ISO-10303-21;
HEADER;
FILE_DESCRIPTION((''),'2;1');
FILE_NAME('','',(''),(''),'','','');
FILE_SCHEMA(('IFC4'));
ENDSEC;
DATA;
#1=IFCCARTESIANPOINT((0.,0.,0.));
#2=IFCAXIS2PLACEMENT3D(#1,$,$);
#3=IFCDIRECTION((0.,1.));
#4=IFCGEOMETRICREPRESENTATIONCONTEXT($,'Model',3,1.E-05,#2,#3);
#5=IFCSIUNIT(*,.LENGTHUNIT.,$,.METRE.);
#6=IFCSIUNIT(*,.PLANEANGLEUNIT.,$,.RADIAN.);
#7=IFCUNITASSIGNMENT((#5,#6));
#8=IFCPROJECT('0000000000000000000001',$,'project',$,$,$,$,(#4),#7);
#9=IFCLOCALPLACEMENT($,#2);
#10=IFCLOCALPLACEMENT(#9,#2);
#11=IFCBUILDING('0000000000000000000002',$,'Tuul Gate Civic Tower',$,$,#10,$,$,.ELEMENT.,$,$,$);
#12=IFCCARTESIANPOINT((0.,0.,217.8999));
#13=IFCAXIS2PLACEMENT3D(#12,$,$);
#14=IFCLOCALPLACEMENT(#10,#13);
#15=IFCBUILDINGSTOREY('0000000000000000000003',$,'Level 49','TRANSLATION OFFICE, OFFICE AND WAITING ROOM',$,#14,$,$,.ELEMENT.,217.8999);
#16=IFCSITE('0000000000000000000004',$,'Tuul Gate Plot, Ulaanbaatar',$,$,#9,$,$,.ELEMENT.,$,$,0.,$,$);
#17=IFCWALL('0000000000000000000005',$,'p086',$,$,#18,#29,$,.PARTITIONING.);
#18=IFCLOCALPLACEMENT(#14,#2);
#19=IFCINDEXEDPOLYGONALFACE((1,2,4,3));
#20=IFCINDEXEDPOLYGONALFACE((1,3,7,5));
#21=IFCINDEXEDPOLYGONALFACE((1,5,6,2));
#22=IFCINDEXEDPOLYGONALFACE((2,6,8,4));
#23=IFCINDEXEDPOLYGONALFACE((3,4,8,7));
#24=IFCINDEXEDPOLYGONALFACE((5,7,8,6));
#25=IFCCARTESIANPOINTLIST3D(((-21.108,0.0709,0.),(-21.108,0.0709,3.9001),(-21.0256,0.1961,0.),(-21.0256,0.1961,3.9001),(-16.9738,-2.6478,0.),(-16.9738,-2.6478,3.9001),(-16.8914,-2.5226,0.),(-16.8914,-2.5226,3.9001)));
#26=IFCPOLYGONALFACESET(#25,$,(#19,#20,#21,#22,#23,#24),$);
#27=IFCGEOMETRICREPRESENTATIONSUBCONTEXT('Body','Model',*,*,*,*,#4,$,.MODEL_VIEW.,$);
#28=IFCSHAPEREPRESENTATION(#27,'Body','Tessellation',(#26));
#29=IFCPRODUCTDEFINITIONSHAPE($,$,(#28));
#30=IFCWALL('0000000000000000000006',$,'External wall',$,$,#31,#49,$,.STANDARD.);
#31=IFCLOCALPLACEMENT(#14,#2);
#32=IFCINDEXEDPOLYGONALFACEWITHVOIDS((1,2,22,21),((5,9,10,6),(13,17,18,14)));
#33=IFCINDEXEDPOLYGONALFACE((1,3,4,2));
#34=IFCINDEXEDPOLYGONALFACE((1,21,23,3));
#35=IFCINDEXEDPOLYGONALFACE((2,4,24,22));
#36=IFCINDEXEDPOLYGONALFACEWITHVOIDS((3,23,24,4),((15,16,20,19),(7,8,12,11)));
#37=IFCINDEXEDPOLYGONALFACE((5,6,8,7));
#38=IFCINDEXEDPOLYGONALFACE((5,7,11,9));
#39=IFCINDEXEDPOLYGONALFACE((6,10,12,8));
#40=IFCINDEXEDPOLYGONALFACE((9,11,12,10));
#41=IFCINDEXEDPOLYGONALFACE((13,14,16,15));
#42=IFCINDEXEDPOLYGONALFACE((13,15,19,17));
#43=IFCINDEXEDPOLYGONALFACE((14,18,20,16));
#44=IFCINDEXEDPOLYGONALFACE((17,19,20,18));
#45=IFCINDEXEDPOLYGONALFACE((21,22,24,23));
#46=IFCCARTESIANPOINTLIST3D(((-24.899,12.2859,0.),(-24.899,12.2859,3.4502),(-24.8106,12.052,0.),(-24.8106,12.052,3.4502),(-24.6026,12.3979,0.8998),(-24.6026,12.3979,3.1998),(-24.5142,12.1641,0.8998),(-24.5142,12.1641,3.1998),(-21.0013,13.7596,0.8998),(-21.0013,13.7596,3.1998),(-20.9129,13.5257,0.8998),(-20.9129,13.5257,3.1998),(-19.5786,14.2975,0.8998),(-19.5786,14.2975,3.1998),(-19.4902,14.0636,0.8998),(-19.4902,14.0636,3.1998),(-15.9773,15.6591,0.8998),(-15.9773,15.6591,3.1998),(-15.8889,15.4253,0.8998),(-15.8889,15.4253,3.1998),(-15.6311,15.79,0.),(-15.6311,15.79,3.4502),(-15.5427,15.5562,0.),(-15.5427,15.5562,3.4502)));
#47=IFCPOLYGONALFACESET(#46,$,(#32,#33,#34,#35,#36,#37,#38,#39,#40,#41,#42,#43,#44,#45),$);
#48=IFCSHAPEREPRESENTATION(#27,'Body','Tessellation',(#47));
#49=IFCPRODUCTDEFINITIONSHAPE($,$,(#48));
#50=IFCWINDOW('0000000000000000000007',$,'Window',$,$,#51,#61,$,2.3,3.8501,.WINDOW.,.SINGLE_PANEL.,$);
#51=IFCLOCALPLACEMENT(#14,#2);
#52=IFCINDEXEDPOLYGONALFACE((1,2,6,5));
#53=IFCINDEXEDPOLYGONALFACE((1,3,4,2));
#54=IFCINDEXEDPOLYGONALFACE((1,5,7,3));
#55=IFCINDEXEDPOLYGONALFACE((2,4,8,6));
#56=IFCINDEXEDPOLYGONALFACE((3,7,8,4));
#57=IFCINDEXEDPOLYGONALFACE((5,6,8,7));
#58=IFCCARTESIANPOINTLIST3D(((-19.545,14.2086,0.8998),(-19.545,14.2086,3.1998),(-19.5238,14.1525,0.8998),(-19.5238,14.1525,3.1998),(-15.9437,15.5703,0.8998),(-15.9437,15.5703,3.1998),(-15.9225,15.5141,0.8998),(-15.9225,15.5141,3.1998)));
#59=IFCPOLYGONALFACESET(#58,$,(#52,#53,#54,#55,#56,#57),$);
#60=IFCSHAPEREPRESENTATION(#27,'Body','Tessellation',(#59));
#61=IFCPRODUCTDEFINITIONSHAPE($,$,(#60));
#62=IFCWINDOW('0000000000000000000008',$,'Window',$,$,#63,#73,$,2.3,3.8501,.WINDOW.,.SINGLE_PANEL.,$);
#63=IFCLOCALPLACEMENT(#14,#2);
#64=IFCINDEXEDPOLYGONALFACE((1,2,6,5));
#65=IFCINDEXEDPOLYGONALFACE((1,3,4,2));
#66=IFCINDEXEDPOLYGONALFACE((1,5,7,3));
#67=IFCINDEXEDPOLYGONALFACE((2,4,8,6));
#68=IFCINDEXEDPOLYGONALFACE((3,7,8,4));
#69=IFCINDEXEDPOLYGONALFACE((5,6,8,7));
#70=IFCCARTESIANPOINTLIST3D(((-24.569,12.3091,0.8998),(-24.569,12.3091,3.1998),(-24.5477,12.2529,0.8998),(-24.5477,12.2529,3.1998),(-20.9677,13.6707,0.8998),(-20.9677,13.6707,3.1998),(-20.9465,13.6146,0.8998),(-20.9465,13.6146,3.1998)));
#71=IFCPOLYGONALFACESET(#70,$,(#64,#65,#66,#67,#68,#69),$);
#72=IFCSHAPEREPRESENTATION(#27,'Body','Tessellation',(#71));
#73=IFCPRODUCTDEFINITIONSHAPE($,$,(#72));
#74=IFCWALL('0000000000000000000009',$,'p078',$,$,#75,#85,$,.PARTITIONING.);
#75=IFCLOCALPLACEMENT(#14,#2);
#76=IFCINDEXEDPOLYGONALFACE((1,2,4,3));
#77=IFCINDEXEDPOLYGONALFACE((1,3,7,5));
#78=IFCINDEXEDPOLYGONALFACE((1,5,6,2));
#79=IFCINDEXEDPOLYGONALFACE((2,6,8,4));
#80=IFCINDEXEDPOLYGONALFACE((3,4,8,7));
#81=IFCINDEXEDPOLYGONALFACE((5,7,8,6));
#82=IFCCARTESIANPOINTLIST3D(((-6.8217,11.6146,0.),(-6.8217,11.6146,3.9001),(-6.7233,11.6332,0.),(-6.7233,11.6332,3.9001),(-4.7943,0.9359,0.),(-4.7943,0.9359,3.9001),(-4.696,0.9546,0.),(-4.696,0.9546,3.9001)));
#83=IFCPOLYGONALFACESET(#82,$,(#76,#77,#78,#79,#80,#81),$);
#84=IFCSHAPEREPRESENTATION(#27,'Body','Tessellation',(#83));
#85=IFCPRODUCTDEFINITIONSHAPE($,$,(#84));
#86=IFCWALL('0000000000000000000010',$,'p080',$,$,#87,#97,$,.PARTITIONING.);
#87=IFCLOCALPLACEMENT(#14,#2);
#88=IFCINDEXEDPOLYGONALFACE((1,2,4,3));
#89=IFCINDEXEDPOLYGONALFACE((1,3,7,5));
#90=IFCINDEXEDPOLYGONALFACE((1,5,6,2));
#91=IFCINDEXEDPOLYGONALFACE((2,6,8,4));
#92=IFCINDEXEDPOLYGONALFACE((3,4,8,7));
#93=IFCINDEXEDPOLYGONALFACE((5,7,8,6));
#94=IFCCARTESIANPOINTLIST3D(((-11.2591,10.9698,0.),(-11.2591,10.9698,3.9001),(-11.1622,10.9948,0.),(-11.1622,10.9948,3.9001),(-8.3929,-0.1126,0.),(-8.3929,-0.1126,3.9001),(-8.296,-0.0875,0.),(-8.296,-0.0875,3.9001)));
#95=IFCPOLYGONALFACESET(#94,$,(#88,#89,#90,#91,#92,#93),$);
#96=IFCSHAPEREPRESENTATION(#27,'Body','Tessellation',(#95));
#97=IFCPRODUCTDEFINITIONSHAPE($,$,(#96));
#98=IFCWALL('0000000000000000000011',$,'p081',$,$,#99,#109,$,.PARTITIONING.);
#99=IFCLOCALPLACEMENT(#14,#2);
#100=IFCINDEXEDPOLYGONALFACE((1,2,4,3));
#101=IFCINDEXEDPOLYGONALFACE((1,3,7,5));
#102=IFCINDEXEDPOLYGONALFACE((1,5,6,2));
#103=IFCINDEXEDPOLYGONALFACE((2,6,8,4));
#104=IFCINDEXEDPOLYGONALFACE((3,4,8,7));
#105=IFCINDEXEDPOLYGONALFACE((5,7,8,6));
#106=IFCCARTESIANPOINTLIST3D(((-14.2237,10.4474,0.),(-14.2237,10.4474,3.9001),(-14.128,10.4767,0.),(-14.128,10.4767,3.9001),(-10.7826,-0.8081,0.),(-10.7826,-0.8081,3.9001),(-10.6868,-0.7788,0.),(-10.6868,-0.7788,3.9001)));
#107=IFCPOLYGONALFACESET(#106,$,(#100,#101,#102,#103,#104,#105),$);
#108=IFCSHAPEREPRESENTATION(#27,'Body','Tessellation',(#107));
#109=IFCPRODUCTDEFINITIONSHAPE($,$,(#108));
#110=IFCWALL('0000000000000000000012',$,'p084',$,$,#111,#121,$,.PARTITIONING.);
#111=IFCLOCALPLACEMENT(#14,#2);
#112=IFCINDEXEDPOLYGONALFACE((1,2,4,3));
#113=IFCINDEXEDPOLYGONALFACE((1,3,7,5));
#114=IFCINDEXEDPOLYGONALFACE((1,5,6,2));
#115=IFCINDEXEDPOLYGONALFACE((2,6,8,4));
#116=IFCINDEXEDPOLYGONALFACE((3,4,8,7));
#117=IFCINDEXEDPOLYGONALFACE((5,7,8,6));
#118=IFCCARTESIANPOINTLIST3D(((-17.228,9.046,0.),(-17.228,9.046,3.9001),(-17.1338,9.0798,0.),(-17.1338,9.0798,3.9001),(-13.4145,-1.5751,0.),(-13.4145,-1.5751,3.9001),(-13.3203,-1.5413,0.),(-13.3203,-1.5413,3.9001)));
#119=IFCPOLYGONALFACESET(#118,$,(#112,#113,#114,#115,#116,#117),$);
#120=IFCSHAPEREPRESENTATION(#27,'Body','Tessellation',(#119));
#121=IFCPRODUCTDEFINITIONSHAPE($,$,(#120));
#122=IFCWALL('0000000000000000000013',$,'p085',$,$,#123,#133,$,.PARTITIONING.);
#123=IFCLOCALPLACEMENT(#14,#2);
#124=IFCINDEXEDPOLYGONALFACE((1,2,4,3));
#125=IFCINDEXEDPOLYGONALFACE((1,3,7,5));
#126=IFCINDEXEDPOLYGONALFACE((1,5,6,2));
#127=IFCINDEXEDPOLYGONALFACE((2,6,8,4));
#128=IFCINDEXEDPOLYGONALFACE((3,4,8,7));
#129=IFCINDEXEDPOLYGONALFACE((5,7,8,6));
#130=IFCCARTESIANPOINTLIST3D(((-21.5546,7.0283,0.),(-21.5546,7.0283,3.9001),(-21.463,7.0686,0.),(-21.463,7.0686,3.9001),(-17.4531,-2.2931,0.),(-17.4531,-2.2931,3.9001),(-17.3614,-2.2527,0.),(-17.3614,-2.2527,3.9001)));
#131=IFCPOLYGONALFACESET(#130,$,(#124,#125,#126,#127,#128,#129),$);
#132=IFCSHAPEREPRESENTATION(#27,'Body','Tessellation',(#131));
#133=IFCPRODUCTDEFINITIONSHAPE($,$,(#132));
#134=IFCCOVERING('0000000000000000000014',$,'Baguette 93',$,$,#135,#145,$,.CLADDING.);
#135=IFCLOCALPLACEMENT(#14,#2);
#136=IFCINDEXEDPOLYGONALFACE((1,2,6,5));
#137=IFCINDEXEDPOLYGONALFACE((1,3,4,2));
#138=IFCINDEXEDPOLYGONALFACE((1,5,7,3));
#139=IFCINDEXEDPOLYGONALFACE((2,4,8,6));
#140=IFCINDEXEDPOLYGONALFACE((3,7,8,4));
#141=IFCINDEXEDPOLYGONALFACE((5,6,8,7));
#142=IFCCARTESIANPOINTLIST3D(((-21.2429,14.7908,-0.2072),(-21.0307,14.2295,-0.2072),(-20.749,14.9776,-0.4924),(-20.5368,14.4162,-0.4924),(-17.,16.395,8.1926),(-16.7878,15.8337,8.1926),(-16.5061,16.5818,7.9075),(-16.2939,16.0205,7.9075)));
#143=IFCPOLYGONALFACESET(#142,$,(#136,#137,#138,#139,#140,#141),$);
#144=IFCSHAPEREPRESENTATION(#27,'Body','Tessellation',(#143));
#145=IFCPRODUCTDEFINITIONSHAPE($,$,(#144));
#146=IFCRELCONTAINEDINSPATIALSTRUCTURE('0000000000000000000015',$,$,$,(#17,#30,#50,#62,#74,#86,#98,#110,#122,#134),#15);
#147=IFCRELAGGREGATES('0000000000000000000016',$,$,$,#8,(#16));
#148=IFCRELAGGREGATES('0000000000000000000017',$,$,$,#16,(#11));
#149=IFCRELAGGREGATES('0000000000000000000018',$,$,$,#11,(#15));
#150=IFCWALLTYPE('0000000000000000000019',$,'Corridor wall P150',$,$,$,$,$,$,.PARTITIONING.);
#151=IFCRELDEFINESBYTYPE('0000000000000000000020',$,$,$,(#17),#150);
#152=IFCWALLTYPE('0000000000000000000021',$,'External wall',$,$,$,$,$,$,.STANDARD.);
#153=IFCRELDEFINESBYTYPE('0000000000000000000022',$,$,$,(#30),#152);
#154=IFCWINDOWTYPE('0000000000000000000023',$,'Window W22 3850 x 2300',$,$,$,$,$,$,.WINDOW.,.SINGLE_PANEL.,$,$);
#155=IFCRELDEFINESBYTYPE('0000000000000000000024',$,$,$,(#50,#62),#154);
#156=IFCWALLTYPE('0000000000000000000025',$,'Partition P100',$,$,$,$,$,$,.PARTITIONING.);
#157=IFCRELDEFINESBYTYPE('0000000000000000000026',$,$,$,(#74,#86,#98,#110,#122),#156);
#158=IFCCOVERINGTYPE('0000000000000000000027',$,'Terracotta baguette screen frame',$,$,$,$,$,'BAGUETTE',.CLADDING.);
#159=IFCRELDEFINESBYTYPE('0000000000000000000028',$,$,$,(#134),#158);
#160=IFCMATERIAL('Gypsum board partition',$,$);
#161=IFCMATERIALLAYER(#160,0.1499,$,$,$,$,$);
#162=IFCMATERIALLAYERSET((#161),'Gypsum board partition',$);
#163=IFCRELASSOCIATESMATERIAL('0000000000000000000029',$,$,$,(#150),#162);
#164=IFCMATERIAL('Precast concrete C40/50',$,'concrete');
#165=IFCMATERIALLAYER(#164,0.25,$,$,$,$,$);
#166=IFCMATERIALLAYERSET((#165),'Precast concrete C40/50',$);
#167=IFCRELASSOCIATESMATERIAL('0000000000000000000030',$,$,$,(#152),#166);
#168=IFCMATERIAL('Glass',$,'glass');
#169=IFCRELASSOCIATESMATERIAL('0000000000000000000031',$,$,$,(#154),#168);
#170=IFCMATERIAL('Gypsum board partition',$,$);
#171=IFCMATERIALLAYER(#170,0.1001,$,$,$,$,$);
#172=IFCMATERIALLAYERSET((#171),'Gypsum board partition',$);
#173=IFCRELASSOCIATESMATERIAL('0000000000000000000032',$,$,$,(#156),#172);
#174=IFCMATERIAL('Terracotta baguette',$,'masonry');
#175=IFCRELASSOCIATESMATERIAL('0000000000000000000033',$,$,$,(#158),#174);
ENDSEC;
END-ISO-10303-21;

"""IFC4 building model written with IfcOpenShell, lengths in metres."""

from ifc_helpers import new_model, si_unit, direction, frame, frame_2d, origin, origin_2d, place, context, subcontext, project, spatial, rectangle, extrude, material, layer, layer_set, material_profile, profile_set, type_object, element, fill, save


model = new_model("IFC4")

# Units and contexts
model_context = context("Model", 3, precision=1e-05, world=origin(), true_north=direction((0.0, 1.0)))
body_context = subcontext(model_context, "Body", "Model", "MODEL_VIEW")
ifc_project = project(units=[si_unit("LENGTHUNIT", "METRE"), si_unit("PLANEANGLEUNIT", "RADIAN")], contexts=[model_context])

# Site, building, storey
site_placement = place(None, origin())
site = spatial("IfcSite", under=ifc_project, at=site_placement, Name="Tuul Gate Plot, Ulaanbaatar", CompositionType="ELEMENT", RefElevation=0.0)
building_placement = place(site_placement, origin())
building = spatial("IfcBuilding", under=site, at=building_placement, Name="Tuul Gate Civic Tower", CompositionType="ELEMENT")
storey_placement = place(building_placement, frame((0.0, 0.0, 217.8999)))
storey = spatial("IfcBuildingStorey", under=building, at=storey_placement, Name="Level 49", Description="TRANSLATION OFFICE, OFFICE AND WAITING ROOM", CompositionType="ELEMENT", Elevation=217.8999)

# Shared definitions
ifc_material_1 = material(Name="Gypsum board partition")
ifc_layer_1 = layer(ifc_material_1, 0.1499)
ifc_layer_set_1 = layer_set([ifc_layer_1], Name="Gypsum board partition")
wall_type_1 = type_object("IfcWallType", Name="Corridor wall P150", PredefinedType="PARTITIONING", material=ifc_layer_set_1)

# Wall
wall_1_placement = place(storey_placement, frame((-21.0669, 0.1335, 0.0), z_axis=(0.0, 0.0, 1.0), x_axis=(0.835526, -0.549452, 0.0)))
element("IfcWall", 1, at=wall_1_placement, inside=storey, type_object=wall_type_1, Name="p086", PredefinedType="PARTITIONING", context=body_context, shape_type="SweptSolid", body=[
    extrude(rectangle(XDim=4.948, YDim=0.1499, at=frame_2d((2.4741, 0.0))), origin(), (0.0, 0.0, 1.0), 3.9001),
])

# Wall, openings, windows
ifc_material_2 = material(Name="Precast concrete C40/50", Category="concrete")
ifc_layer_2 = layer(ifc_material_2, 0.25)
ifc_layer_set_2 = layer_set([ifc_layer_2], Name="Precast concrete C40/50")
wall_type_2 = type_object("IfcWallType", Name="External wall", PredefinedType="STANDARD", material=ifc_layer_set_2)
wall_2_placement = place(storey_placement, frame((-15.5869, 15.6731, 0.0), z_axis=(0.0, 0.0, 1.0), x_axis=(-0.935373, -0.353663, 0.0)))
wall_2 = element("IfcWall", 2, at=wall_2_placement, inside=storey, type_object=wall_type_2, Name="External wall", PredefinedType="STANDARD", context=body_context, shape_type="SweptSolid", body=[
    extrude(rectangle(XDim=9.9082, YDim=0.25, at=frame_2d((4.9541, 0.0))), origin(), (0.0, 0.0, 1.0), 3.4502),
])
opening_1_placement = place(wall_2_placement, frame((0.3701, 0.0, 0.8999)))
opening_1 = element("IfcOpeningElement", 3, at=opening_1_placement, cuts=wall_2, PredefinedType="OPENING", context=body_context, shape_type="SweptSolid", body=[
    extrude(rectangle(XDim=3.8501, YDim=2.3, at=frame_2d((1.925, 1.1499))), frame((0.0, 0.135, 0.0), z_axis=(0.0, -1.0, 0.0), x_axis=(1.0, 0.0, 0.0)), (0.0, 0.0, 1.0), 0.27),
])
opening_2_placement = place(wall_2_placement, frame((5.7412, 0.0, 0.8999)))
opening_2 = element("IfcOpeningElement", 4, at=opening_2_placement, cuts=wall_2, PredefinedType="OPENING", context=body_context, shape_type="SweptSolid", body=[
    extrude(rectangle(XDim=3.8501, YDim=2.3, at=frame_2d((1.925, 1.1499))), frame((0.0, 0.135, 0.0), z_axis=(0.0, -1.0, 0.0), x_axis=(1.0, 0.0, 0.0)), (0.0, 0.0, 1.0), 0.27),
])
ifc_material_3 = material(Name="Glass", Category="glass")
window_type = type_object("IfcWindowType", Name="Window W22 3850 x 2300", PartitioningType="SINGLE_PANEL", PredefinedType="WINDOW", material=ifc_material_3)
window_1_placement = place(opening_1_placement, origin())
window_1 = element("IfcWindow", 5, at=window_1_placement, inside=storey, type_object=window_type, Name="Window", OverallHeight=2.3, OverallWidth=3.8501, PartitioningType="SINGLE_PANEL", PredefinedType="WINDOW", context=body_context, shape_type="SweptSolid", body=[
    extrude(rectangle(XDim=3.8501, YDim=2.3, at=frame_2d((1.925, 1.1499))), frame((0.0, 0.03, 0.0), z_axis=(0.0, -1.0, 0.0), x_axis=(1.0, 0.0, 0.0)), (0.0, 0.0, 1.0), 0.0601),
])
fill(opening_1, window_1)
window_2_placement = place(opening_2_placement, origin())
window_2 = element("IfcWindow", 6, at=window_2_placement, inside=storey, type_object=window_type, Name="Window", OverallHeight=2.3, OverallWidth=3.8501, PartitioningType="SINGLE_PANEL", PredefinedType="WINDOW", context=body_context, shape_type="SweptSolid", body=[
    extrude(rectangle(XDim=3.8501, YDim=2.3, at=frame_2d((1.925, 1.1499))), frame((0.0, 0.03, 0.0), z_axis=(0.0, -1.0, 0.0), x_axis=(1.0, 0.0, 0.0)), (0.0, 0.0, 1.0), 0.0601),
])
fill(opening_2, window_2)

# Walls
ifc_material_4 = material(Name="Gypsum board partition")
ifc_layer_3 = layer(ifc_material_4, 0.1001)
ifc_layer_set_3 = layer_set([ifc_layer_3], Name="Gypsum board partition")
wall_type_3 = type_object("IfcWallType", Name="Partition P100", PredefinedType="PARTITIONING", material=ifc_layer_set_3)
wall_3_placement = place(storey_placement, frame((-6.7725, 11.6238, 0.0), z_axis=(0.0, 0.0, 1.0), x_axis=(0.186518, -0.982452, 0.0)))
element("IfcWall", 7, at=wall_3_placement, inside=storey, type_object=wall_type_3, Name="p078", PredefinedType="PARTITIONING", context=body_context, shape_type="SweptSolid", body=[
    extrude(rectangle(XDim=10.8694, YDim=0.1001, at=frame_2d((5.4346, 0.0))), origin(), (0.0, 0.0, 1.0), 3.9001),
])
wall_4_placement = place(storey_placement, frame((-11.2107, 10.9824, 0.0), z_axis=(0.0, 0.0, 1.0), x_axis=(0.250391, -0.968145, 0.0)))
element("IfcWall", 8, at=wall_4_placement, inside=storey, type_object=wall_type_3, Name="p080", PredefinedType="PARTITIONING", context=body_context, shape_type="SweptSolid", body=[
    extrude(rectangle(XDim=11.447, YDim=0.1001, at=frame_2d((5.7236, 0.0))), origin(), (0.0, 0.0, 1.0), 3.9001),
])
wall_5_placement = place(storey_placement, frame((-14.1758, 10.4619, 0.0), z_axis=(0.0, 0.0, 1.0), x_axis=(0.29237, -0.956305, 0.0)))
element("IfcWall", 9, at=wall_5_placement, inside=storey, type_object=wall_type_3, Name="p081", PredefinedType="PARTITIONING", context=body_context, shape_type="SweptSolid", body=[
    extrude(rectangle(XDim=11.7698, YDim=0.1001, at=frame_2d((5.8848, 0.0))), origin(), (0.0, 0.0, 1.0), 3.9001),
])
wall_6_placement = place(storey_placement, frame((-17.1809, 9.063, 0.0), z_axis=(0.0, 0.0, 1.0), x_axis=(0.337926, -0.941173, 0.0)))
element("IfcWall", 10, at=wall_6_placement, inside=storey, type_object=wall_type_3, Name="p084", PredefinedType="PARTITIONING", context=body_context, shape_type="SweptSolid", body=[
    extrude(rectangle(XDim=11.2849, YDim=0.1001, at=frame_2d((5.6426, 0.0))), origin(), (0.0, 0.0, 1.0), 3.9001),
])
wall_7_placement = place(storey_placement, frame((-21.5088, 7.0483, 0.0), z_axis=(0.0, 0.0, 1.0), x_axis=(0.402755, -0.915308, 0.0)))
element("IfcWall", 11, at=wall_7_placement, inside=storey, type_object=wall_type_3, Name="p085", PredefinedType="PARTITIONING", context=body_context, shape_type="SweptSolid", body=[
    extrude(rectangle(XDim=10.1838, YDim=0.1001, at=frame_2d((5.0918, 0.0))), origin(), (0.0, 0.0, 1.0), 3.9001),
])

# Covering
ifc_material_5 = material(Name="Terracotta baguette", Category="masonry")
ifc_material_profile_1 = material_profile(ifc_material_5, rectangle(XDim=0.6001, YDim=0.6001, at=origin_2d()), Name="Terracotta baguette screen frame")
ifc_profile_set_1 = profile_set([ifc_material_profile_1], Name="Terracotta baguette")
covering_type = type_object("IfcCoveringType", Name="Terracotta baguette screen frame", ElementType="BAGUETTE", PredefinedType="CLADDING", material=ifc_profile_set_1)
covering_placement = place(storey_placement, frame((-16.647, 16.2078, 8.05), z_axis=(-0.444451, -0.168047, -0.8799), x_axis=(0.353664, -0.935372, 0.0)))
element("IfcCovering", 12, at=covering_placement, inside=storey, type_object=covering_type, Name="Baguette 93", PredefinedType="CLADDING", context=body_context, shape_type="SweptSolid", body=[
    extrude(rectangle(XDim=0.6001, YDim=0.6001, at=origin_2d()), origin(), (0.0, 0.0, 1.0), 9.5464),
])

save(model, "model.ifc")
